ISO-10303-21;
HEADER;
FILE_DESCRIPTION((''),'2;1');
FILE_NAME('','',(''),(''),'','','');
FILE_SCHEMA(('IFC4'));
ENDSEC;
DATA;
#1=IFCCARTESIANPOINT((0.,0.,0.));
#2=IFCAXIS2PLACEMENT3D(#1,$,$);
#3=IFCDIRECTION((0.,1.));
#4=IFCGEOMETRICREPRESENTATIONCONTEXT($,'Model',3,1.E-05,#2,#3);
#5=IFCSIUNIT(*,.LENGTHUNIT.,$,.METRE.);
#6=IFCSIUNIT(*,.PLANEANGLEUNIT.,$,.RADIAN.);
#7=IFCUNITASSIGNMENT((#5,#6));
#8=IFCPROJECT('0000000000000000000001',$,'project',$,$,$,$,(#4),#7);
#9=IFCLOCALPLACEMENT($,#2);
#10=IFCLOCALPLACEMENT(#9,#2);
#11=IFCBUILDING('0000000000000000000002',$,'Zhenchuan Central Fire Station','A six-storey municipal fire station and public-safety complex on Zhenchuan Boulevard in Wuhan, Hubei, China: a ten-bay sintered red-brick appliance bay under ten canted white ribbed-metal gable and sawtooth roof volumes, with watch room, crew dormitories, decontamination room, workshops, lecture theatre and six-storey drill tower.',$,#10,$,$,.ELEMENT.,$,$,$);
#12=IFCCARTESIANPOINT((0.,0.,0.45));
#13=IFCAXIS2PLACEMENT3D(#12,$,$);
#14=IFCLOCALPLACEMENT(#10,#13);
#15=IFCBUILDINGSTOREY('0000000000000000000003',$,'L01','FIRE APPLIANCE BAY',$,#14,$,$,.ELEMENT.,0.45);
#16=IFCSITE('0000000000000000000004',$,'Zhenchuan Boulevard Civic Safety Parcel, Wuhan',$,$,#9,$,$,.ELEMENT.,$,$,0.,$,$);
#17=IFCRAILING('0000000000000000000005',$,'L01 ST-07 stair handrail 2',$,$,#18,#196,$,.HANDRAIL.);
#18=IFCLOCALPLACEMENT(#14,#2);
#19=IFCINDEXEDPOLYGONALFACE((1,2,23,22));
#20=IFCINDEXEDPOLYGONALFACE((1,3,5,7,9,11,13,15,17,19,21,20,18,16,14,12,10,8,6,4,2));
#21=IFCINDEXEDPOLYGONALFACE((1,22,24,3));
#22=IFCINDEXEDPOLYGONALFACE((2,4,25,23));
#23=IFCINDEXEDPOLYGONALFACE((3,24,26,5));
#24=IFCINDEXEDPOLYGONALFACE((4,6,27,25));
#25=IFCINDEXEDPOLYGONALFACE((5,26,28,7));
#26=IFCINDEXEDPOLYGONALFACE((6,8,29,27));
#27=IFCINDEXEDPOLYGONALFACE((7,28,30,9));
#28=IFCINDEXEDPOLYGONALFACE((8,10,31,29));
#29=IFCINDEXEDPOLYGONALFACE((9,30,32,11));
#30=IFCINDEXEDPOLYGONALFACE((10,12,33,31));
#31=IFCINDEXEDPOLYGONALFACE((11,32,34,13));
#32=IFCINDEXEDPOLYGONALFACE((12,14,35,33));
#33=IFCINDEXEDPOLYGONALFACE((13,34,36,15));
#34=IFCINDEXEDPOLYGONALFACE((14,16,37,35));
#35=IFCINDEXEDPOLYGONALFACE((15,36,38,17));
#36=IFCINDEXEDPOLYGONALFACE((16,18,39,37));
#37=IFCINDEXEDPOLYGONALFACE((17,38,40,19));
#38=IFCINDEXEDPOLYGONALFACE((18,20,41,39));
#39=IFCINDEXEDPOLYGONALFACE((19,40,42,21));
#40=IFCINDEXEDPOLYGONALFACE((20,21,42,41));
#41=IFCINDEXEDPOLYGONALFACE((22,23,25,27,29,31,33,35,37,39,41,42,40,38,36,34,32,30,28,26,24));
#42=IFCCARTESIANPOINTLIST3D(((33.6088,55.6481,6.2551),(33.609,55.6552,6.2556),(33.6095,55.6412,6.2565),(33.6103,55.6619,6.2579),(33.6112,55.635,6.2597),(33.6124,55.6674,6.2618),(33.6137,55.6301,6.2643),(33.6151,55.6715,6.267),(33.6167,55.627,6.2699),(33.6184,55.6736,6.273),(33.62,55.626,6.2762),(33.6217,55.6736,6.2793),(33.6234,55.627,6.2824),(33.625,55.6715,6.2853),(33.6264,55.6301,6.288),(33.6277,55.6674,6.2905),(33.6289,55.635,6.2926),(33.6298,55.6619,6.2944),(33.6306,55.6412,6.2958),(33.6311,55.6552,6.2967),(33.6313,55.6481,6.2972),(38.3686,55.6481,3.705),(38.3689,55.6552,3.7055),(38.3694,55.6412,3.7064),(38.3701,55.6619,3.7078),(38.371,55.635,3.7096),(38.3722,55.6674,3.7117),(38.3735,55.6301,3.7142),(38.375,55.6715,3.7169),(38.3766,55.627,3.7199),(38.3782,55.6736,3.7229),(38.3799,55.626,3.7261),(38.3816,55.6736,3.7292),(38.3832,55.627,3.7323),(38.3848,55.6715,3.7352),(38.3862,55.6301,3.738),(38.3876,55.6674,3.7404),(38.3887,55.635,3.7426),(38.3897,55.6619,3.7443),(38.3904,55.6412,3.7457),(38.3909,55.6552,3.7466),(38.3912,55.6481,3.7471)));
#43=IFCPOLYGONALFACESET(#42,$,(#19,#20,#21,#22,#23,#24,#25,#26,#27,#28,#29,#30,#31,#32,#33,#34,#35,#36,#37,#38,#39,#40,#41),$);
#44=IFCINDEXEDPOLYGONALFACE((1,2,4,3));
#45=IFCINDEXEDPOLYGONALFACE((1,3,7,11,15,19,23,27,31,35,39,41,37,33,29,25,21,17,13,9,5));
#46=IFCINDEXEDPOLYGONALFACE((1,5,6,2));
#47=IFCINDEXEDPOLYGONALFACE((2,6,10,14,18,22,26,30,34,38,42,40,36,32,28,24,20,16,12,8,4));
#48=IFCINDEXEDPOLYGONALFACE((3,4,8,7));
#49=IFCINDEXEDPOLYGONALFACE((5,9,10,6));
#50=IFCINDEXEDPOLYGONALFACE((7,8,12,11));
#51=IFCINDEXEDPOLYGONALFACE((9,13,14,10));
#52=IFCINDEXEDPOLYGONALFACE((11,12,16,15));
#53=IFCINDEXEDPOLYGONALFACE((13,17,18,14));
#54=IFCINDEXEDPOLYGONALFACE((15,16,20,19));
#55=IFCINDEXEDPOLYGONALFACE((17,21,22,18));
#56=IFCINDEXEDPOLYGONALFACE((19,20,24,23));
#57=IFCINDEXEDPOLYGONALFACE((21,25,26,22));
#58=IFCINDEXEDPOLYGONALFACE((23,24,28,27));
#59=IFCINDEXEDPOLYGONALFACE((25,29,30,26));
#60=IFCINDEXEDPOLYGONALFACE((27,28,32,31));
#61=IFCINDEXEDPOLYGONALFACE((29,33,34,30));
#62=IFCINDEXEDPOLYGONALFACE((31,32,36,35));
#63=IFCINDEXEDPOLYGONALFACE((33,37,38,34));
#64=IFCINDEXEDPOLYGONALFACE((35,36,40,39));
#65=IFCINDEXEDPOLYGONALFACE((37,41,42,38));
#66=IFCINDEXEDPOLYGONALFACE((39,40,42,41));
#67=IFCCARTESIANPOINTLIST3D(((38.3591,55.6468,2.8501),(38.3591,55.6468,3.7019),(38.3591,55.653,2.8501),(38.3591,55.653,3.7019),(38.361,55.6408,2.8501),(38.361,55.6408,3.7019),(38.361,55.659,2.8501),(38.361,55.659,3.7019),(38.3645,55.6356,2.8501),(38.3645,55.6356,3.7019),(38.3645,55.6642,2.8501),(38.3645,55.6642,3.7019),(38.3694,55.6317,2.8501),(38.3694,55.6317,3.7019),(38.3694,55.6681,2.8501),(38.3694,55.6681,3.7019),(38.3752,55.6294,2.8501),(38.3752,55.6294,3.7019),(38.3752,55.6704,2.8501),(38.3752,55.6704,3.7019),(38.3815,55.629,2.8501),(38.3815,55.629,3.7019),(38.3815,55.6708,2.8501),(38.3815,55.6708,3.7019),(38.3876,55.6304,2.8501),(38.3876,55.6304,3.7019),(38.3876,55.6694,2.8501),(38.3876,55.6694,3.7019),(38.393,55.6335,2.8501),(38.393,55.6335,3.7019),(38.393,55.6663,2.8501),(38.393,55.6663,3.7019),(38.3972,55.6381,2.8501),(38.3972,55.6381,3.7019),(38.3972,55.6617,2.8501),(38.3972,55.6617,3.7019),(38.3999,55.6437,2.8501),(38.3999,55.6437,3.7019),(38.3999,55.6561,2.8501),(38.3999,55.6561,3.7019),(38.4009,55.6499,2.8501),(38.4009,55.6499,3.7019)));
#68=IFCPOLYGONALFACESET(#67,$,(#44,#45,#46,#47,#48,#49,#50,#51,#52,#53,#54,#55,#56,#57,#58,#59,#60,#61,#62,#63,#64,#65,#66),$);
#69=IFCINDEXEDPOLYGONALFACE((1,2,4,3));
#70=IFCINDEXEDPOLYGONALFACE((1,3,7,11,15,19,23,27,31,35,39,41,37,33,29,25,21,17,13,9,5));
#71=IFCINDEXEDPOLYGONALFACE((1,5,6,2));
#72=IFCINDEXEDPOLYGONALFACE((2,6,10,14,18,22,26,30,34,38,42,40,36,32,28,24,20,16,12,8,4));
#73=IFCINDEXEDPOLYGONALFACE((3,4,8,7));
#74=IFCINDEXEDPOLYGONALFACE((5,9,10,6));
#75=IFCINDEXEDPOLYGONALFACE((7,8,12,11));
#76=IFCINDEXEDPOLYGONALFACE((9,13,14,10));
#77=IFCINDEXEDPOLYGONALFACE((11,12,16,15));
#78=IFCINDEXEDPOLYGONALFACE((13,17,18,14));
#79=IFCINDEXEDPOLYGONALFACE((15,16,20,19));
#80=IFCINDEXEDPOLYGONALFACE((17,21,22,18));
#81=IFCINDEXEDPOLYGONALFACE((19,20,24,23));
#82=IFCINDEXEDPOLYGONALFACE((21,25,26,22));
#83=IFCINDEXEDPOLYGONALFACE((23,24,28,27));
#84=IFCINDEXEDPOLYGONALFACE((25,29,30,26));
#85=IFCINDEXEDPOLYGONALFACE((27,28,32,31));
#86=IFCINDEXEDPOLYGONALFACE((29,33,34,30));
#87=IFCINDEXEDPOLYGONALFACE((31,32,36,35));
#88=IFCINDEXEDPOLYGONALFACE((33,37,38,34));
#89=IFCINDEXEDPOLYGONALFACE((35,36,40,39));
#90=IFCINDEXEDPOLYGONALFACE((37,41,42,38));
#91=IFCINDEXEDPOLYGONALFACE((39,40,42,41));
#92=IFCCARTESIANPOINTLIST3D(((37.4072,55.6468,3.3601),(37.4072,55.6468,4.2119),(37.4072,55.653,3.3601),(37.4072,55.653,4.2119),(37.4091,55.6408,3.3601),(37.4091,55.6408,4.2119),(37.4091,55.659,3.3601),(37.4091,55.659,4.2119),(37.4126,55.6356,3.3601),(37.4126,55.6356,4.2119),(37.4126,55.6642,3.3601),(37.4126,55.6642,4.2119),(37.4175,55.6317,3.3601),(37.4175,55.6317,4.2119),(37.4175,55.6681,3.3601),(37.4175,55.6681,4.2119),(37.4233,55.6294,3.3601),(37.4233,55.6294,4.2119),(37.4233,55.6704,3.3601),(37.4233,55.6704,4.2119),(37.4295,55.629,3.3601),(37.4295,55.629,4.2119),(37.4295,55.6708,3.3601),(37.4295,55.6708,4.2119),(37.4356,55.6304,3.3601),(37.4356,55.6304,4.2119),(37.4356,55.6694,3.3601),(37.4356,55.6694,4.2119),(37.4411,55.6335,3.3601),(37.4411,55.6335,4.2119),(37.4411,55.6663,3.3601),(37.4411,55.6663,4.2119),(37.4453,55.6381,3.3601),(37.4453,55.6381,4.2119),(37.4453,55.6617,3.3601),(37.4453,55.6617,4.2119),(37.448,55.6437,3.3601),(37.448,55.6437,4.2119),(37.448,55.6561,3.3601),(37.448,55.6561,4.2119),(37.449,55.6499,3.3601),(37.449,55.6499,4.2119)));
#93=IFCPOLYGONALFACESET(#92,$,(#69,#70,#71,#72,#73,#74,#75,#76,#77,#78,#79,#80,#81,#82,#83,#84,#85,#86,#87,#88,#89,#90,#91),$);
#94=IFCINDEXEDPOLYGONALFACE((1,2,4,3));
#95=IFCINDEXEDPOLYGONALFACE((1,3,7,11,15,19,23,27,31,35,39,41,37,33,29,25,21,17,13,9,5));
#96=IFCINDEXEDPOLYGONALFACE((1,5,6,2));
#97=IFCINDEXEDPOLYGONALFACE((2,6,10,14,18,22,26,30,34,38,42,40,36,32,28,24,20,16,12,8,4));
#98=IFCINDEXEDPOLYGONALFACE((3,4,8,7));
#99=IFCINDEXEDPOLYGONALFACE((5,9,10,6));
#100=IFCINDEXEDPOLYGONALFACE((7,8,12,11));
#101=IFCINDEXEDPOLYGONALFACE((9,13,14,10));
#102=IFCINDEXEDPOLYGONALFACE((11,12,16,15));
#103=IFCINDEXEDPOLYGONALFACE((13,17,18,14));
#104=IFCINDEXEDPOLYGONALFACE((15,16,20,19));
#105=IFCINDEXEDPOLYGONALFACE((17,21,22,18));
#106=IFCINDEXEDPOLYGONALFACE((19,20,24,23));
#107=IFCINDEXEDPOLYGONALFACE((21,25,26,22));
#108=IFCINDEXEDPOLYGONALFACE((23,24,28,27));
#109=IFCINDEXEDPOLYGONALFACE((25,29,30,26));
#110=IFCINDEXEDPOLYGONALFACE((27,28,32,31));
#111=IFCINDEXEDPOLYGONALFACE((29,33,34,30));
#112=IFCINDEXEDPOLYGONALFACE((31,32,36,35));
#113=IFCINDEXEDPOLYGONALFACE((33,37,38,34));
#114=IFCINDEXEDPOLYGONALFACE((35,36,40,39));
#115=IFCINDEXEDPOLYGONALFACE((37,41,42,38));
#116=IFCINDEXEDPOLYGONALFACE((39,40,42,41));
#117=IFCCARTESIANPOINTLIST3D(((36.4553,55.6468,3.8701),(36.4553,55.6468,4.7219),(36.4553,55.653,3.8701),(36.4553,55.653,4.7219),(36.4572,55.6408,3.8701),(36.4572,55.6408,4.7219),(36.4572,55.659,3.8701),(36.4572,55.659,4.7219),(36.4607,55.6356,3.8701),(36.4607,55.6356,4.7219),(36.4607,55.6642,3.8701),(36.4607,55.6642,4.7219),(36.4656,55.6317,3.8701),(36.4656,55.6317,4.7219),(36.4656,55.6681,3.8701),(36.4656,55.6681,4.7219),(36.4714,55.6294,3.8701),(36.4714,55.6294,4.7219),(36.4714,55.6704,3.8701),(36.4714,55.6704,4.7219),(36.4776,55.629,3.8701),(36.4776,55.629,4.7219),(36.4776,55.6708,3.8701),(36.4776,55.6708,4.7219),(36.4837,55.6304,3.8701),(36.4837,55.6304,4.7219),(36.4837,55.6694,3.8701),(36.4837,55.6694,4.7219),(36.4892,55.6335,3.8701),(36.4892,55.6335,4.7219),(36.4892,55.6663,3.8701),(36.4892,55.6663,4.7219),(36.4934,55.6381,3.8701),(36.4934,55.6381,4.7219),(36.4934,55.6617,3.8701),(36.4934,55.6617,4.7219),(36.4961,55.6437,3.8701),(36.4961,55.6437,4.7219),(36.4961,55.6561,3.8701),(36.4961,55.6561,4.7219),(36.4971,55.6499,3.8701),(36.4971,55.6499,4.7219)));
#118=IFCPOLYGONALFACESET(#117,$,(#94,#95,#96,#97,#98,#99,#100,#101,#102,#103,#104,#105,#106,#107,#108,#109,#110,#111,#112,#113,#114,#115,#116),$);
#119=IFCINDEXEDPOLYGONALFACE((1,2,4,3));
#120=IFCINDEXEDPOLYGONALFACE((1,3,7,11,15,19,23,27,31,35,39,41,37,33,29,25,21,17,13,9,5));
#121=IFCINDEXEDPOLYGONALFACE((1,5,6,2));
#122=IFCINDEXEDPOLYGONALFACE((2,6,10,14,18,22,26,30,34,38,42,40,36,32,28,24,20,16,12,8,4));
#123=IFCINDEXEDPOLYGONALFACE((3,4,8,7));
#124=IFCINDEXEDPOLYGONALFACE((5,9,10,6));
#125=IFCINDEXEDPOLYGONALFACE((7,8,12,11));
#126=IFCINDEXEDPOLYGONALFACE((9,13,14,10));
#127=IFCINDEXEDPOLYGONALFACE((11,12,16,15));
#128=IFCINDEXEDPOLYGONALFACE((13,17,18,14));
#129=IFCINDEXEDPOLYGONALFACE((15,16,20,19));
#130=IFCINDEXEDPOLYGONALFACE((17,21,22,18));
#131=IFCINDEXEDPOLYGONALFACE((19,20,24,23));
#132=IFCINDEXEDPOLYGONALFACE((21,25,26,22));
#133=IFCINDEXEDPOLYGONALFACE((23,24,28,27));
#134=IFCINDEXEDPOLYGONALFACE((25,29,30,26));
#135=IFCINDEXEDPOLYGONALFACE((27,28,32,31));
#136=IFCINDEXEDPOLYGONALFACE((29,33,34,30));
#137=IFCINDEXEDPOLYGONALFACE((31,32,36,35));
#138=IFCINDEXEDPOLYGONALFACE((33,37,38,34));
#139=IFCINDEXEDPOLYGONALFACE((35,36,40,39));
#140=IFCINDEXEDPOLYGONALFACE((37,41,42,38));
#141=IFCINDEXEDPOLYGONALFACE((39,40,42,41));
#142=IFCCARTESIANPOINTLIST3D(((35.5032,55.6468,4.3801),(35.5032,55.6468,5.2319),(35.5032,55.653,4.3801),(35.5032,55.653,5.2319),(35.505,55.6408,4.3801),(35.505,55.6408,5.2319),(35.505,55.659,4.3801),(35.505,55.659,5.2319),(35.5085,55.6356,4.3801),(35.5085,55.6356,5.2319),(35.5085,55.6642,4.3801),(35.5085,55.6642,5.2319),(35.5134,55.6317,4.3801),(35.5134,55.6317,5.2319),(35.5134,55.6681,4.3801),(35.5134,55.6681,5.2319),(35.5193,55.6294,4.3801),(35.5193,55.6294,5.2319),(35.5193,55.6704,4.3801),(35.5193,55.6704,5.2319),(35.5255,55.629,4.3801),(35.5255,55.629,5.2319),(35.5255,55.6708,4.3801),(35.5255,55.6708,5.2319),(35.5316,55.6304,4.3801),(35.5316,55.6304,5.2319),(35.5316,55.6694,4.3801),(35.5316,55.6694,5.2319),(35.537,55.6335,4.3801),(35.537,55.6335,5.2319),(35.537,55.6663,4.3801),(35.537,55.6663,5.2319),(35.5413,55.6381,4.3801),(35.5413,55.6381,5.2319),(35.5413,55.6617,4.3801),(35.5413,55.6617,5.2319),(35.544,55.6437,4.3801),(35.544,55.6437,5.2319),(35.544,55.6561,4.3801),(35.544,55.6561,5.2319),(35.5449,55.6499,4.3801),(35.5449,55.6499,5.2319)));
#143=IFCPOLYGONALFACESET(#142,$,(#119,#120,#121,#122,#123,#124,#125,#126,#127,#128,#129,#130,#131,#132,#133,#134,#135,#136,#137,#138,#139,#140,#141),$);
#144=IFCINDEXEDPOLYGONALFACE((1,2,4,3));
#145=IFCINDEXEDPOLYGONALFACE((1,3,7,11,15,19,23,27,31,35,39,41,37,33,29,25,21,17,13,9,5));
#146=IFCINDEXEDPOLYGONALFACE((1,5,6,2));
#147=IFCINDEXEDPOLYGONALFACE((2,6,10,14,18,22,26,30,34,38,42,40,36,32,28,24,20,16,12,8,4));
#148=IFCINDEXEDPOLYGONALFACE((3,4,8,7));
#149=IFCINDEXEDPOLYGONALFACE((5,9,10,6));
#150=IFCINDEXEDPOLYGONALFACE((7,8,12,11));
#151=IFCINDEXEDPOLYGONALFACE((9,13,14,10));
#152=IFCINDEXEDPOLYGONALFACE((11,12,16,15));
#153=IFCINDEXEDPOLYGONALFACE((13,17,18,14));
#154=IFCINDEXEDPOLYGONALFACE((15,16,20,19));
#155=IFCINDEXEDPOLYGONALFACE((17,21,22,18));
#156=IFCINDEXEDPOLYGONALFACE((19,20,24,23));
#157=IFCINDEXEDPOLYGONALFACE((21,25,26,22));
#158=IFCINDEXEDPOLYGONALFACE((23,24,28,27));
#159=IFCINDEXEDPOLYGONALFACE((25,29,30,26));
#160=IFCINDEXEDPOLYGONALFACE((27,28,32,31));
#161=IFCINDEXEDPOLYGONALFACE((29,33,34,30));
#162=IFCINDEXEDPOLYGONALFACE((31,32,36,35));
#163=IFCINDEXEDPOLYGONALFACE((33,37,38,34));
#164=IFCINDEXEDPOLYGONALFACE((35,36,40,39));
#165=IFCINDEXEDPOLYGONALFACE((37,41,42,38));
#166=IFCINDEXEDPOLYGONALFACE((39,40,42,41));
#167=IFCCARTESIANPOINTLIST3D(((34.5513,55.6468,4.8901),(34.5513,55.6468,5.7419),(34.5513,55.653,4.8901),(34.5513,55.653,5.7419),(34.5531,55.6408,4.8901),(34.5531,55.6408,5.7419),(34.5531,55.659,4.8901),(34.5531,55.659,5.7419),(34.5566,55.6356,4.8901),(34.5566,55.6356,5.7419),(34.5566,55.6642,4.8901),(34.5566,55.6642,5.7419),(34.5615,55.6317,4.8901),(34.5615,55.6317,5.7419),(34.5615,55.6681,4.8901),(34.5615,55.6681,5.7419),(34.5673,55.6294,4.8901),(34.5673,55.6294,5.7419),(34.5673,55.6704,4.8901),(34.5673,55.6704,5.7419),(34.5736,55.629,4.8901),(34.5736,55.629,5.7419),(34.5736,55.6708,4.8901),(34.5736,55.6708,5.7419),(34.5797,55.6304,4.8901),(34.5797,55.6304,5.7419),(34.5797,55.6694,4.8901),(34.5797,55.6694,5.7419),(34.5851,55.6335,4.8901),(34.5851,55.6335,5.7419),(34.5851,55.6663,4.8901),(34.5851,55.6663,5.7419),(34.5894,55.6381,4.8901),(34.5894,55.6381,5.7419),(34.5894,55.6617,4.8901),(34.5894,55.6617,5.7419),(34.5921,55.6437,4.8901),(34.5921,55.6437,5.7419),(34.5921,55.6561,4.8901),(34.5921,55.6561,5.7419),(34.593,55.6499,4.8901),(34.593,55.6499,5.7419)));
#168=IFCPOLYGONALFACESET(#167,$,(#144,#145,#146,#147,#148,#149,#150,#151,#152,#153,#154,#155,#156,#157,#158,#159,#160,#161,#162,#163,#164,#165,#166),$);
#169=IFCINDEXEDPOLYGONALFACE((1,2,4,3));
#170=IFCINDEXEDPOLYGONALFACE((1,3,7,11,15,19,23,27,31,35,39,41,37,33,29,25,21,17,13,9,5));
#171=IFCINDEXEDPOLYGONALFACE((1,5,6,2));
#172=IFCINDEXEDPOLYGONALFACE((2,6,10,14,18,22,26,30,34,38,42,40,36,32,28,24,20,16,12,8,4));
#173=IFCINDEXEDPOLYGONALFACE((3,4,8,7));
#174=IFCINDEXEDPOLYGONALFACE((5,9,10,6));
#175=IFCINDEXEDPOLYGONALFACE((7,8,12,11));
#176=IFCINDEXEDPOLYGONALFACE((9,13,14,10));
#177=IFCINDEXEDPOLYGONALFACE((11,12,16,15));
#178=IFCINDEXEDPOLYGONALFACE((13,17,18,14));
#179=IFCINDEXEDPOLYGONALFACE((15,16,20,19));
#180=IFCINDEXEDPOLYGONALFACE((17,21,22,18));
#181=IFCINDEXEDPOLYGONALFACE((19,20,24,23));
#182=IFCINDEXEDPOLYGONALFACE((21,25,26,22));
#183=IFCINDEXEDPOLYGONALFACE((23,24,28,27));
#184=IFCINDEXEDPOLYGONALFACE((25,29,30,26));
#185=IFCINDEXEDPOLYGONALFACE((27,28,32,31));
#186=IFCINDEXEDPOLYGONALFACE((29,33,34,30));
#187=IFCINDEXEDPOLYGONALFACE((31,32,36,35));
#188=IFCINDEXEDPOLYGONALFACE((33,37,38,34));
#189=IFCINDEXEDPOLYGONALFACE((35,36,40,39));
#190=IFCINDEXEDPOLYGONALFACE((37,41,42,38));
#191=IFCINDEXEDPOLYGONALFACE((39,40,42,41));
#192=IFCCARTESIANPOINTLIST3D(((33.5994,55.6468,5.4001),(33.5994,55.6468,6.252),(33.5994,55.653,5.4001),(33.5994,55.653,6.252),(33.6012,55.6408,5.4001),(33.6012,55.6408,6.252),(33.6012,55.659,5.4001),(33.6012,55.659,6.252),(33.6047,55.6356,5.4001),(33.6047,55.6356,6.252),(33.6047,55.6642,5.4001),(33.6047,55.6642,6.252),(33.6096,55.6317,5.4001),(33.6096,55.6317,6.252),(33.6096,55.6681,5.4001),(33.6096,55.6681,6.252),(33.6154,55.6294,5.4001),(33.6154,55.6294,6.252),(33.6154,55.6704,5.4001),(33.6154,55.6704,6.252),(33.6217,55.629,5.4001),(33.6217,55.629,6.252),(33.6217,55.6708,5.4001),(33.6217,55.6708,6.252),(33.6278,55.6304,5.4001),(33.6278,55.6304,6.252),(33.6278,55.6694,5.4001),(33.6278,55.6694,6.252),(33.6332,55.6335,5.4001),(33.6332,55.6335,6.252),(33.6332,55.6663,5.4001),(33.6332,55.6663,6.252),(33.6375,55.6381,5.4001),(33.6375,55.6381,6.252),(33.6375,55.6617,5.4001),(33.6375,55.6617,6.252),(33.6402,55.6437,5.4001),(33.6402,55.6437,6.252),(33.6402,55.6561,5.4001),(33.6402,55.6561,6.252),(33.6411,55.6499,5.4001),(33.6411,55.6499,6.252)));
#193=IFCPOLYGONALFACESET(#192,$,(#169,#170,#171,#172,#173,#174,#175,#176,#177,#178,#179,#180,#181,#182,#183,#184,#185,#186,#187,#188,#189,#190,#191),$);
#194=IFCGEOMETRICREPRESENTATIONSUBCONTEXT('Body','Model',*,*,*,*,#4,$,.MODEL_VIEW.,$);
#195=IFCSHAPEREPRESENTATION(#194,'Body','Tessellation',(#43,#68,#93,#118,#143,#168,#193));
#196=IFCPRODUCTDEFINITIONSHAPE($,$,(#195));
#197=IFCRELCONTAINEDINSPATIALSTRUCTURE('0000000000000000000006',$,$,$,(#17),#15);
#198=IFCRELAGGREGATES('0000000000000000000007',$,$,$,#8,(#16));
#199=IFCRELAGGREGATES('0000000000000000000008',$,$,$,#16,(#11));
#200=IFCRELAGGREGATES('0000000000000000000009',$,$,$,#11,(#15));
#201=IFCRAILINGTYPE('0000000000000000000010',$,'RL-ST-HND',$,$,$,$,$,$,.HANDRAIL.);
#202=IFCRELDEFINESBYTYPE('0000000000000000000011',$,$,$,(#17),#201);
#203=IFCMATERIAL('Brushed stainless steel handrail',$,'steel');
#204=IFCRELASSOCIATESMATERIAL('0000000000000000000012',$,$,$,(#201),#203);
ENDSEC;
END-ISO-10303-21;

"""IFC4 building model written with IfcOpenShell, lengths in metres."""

from ifc_helpers import new_model, si_unit, direction, frame, origin, origin_2d, place, context, subcontext, project, spatial, circle, extrude, material, type_object, element, save


model = new_model("IFC4")

# Units and contexts
model_context = context("Model", 3, precision=1e-05, world=origin(), true_north=direction((0.0, 1.0)))
body_context = subcontext(model_context, "Body", "Model", "MODEL_VIEW")
ifc_project = project(units=[si_unit("LENGTHUNIT", "METRE"), si_unit("PLANEANGLEUNIT", "RADIAN")], contexts=[model_context])

# Site, building, storey
site_placement = place(None, origin())
site = spatial("IfcSite", under=ifc_project, at=site_placement, Name="Zhenchuan Boulevard Civic Safety Parcel, Wuhan", CompositionType="ELEMENT", RefElevation=0.0)
building_placement = place(site_placement, origin())
building = spatial("IfcBuilding", under=site, at=building_placement, Name="Zhenchuan Central Fire Station", Description="A six-storey municipal fire station and public-safety complex on Zhenchuan Boulevard in Wuhan, Hubei, China: a ten-bay sintered red-brick appliance bay under ten canted white ribbed-metal gable and sawtooth roof volumes, with watch room, crew dormitories, decontamination room, workshops, lecture theatre and six-storey drill tower.", CompositionType="ELEMENT")
storey_placement = place(building_placement, frame((0.0, 0.0, 0.45)))
storey = spatial("IfcBuildingStorey", under=building, at=storey_placement, Name="L01", Description="FIRE APPLIANCE BAY", CompositionType="ELEMENT", Elevation=0.45)

# Railing
ifc_material_1 = material(Name="Brushed stainless steel handrail", Category="steel")
railing_type_1 = type_object("IfcRailingType", Name="RL-ST-HND", PredefinedType="HANDRAIL", material=ifc_material_1)
railing_1_placement = place(storey_placement, frame((38.3799, 55.6499, 2.8501)))
element("IfcRailing", 1, at=railing_1_placement, inside=storey, type_object=railing_type_1, Name="L01 ST-07 stair handrail 2", PredefinedType="HANDRAIL", context=body_context, shape_type="SweptSolid", body=[
    extrude(circle(Radius=0.0239, at=origin_2d()), frame((0.0, 0.0, 0.876), z_axis=(-0.881467, 0.0, 0.472247), x_axis=(0.0, -1.0, 0.0)), (0.0, 0.0, 1.0), 5.3999),
    extrude(circle(Radius=0.021, at=origin_2d()), origin(), (0.0, 0.0, 1.0), 0.8518),
    extrude(circle(Radius=0.021, at=origin_2d()), frame((-0.9519, 0.0, 0.51)), (0.0, 0.0, 1.0), 0.8518),
    extrude(circle(Radius=0.021, at=origin_2d()), frame((-1.9038, 0.0, 1.02)), (0.0, 0.0, 1.0), 0.8518),
    extrude(circle(Radius=0.021, at=origin_2d()), frame((-2.856, 0.0, 1.53)), (0.0, 0.0, 1.0), 0.8518),
    extrude(circle(Radius=0.021, at=origin_2d()), frame((-3.8079, 0.0, 2.04)), (0.0, 0.0, 1.0), 0.8518),
    extrude(circle(Radius=0.021, at=origin_2d()), frame((-4.7598, 0.0, 2.55)), (0.0, 0.0, 1.0), 0.8518),
])

save(model, "model.ifc")
